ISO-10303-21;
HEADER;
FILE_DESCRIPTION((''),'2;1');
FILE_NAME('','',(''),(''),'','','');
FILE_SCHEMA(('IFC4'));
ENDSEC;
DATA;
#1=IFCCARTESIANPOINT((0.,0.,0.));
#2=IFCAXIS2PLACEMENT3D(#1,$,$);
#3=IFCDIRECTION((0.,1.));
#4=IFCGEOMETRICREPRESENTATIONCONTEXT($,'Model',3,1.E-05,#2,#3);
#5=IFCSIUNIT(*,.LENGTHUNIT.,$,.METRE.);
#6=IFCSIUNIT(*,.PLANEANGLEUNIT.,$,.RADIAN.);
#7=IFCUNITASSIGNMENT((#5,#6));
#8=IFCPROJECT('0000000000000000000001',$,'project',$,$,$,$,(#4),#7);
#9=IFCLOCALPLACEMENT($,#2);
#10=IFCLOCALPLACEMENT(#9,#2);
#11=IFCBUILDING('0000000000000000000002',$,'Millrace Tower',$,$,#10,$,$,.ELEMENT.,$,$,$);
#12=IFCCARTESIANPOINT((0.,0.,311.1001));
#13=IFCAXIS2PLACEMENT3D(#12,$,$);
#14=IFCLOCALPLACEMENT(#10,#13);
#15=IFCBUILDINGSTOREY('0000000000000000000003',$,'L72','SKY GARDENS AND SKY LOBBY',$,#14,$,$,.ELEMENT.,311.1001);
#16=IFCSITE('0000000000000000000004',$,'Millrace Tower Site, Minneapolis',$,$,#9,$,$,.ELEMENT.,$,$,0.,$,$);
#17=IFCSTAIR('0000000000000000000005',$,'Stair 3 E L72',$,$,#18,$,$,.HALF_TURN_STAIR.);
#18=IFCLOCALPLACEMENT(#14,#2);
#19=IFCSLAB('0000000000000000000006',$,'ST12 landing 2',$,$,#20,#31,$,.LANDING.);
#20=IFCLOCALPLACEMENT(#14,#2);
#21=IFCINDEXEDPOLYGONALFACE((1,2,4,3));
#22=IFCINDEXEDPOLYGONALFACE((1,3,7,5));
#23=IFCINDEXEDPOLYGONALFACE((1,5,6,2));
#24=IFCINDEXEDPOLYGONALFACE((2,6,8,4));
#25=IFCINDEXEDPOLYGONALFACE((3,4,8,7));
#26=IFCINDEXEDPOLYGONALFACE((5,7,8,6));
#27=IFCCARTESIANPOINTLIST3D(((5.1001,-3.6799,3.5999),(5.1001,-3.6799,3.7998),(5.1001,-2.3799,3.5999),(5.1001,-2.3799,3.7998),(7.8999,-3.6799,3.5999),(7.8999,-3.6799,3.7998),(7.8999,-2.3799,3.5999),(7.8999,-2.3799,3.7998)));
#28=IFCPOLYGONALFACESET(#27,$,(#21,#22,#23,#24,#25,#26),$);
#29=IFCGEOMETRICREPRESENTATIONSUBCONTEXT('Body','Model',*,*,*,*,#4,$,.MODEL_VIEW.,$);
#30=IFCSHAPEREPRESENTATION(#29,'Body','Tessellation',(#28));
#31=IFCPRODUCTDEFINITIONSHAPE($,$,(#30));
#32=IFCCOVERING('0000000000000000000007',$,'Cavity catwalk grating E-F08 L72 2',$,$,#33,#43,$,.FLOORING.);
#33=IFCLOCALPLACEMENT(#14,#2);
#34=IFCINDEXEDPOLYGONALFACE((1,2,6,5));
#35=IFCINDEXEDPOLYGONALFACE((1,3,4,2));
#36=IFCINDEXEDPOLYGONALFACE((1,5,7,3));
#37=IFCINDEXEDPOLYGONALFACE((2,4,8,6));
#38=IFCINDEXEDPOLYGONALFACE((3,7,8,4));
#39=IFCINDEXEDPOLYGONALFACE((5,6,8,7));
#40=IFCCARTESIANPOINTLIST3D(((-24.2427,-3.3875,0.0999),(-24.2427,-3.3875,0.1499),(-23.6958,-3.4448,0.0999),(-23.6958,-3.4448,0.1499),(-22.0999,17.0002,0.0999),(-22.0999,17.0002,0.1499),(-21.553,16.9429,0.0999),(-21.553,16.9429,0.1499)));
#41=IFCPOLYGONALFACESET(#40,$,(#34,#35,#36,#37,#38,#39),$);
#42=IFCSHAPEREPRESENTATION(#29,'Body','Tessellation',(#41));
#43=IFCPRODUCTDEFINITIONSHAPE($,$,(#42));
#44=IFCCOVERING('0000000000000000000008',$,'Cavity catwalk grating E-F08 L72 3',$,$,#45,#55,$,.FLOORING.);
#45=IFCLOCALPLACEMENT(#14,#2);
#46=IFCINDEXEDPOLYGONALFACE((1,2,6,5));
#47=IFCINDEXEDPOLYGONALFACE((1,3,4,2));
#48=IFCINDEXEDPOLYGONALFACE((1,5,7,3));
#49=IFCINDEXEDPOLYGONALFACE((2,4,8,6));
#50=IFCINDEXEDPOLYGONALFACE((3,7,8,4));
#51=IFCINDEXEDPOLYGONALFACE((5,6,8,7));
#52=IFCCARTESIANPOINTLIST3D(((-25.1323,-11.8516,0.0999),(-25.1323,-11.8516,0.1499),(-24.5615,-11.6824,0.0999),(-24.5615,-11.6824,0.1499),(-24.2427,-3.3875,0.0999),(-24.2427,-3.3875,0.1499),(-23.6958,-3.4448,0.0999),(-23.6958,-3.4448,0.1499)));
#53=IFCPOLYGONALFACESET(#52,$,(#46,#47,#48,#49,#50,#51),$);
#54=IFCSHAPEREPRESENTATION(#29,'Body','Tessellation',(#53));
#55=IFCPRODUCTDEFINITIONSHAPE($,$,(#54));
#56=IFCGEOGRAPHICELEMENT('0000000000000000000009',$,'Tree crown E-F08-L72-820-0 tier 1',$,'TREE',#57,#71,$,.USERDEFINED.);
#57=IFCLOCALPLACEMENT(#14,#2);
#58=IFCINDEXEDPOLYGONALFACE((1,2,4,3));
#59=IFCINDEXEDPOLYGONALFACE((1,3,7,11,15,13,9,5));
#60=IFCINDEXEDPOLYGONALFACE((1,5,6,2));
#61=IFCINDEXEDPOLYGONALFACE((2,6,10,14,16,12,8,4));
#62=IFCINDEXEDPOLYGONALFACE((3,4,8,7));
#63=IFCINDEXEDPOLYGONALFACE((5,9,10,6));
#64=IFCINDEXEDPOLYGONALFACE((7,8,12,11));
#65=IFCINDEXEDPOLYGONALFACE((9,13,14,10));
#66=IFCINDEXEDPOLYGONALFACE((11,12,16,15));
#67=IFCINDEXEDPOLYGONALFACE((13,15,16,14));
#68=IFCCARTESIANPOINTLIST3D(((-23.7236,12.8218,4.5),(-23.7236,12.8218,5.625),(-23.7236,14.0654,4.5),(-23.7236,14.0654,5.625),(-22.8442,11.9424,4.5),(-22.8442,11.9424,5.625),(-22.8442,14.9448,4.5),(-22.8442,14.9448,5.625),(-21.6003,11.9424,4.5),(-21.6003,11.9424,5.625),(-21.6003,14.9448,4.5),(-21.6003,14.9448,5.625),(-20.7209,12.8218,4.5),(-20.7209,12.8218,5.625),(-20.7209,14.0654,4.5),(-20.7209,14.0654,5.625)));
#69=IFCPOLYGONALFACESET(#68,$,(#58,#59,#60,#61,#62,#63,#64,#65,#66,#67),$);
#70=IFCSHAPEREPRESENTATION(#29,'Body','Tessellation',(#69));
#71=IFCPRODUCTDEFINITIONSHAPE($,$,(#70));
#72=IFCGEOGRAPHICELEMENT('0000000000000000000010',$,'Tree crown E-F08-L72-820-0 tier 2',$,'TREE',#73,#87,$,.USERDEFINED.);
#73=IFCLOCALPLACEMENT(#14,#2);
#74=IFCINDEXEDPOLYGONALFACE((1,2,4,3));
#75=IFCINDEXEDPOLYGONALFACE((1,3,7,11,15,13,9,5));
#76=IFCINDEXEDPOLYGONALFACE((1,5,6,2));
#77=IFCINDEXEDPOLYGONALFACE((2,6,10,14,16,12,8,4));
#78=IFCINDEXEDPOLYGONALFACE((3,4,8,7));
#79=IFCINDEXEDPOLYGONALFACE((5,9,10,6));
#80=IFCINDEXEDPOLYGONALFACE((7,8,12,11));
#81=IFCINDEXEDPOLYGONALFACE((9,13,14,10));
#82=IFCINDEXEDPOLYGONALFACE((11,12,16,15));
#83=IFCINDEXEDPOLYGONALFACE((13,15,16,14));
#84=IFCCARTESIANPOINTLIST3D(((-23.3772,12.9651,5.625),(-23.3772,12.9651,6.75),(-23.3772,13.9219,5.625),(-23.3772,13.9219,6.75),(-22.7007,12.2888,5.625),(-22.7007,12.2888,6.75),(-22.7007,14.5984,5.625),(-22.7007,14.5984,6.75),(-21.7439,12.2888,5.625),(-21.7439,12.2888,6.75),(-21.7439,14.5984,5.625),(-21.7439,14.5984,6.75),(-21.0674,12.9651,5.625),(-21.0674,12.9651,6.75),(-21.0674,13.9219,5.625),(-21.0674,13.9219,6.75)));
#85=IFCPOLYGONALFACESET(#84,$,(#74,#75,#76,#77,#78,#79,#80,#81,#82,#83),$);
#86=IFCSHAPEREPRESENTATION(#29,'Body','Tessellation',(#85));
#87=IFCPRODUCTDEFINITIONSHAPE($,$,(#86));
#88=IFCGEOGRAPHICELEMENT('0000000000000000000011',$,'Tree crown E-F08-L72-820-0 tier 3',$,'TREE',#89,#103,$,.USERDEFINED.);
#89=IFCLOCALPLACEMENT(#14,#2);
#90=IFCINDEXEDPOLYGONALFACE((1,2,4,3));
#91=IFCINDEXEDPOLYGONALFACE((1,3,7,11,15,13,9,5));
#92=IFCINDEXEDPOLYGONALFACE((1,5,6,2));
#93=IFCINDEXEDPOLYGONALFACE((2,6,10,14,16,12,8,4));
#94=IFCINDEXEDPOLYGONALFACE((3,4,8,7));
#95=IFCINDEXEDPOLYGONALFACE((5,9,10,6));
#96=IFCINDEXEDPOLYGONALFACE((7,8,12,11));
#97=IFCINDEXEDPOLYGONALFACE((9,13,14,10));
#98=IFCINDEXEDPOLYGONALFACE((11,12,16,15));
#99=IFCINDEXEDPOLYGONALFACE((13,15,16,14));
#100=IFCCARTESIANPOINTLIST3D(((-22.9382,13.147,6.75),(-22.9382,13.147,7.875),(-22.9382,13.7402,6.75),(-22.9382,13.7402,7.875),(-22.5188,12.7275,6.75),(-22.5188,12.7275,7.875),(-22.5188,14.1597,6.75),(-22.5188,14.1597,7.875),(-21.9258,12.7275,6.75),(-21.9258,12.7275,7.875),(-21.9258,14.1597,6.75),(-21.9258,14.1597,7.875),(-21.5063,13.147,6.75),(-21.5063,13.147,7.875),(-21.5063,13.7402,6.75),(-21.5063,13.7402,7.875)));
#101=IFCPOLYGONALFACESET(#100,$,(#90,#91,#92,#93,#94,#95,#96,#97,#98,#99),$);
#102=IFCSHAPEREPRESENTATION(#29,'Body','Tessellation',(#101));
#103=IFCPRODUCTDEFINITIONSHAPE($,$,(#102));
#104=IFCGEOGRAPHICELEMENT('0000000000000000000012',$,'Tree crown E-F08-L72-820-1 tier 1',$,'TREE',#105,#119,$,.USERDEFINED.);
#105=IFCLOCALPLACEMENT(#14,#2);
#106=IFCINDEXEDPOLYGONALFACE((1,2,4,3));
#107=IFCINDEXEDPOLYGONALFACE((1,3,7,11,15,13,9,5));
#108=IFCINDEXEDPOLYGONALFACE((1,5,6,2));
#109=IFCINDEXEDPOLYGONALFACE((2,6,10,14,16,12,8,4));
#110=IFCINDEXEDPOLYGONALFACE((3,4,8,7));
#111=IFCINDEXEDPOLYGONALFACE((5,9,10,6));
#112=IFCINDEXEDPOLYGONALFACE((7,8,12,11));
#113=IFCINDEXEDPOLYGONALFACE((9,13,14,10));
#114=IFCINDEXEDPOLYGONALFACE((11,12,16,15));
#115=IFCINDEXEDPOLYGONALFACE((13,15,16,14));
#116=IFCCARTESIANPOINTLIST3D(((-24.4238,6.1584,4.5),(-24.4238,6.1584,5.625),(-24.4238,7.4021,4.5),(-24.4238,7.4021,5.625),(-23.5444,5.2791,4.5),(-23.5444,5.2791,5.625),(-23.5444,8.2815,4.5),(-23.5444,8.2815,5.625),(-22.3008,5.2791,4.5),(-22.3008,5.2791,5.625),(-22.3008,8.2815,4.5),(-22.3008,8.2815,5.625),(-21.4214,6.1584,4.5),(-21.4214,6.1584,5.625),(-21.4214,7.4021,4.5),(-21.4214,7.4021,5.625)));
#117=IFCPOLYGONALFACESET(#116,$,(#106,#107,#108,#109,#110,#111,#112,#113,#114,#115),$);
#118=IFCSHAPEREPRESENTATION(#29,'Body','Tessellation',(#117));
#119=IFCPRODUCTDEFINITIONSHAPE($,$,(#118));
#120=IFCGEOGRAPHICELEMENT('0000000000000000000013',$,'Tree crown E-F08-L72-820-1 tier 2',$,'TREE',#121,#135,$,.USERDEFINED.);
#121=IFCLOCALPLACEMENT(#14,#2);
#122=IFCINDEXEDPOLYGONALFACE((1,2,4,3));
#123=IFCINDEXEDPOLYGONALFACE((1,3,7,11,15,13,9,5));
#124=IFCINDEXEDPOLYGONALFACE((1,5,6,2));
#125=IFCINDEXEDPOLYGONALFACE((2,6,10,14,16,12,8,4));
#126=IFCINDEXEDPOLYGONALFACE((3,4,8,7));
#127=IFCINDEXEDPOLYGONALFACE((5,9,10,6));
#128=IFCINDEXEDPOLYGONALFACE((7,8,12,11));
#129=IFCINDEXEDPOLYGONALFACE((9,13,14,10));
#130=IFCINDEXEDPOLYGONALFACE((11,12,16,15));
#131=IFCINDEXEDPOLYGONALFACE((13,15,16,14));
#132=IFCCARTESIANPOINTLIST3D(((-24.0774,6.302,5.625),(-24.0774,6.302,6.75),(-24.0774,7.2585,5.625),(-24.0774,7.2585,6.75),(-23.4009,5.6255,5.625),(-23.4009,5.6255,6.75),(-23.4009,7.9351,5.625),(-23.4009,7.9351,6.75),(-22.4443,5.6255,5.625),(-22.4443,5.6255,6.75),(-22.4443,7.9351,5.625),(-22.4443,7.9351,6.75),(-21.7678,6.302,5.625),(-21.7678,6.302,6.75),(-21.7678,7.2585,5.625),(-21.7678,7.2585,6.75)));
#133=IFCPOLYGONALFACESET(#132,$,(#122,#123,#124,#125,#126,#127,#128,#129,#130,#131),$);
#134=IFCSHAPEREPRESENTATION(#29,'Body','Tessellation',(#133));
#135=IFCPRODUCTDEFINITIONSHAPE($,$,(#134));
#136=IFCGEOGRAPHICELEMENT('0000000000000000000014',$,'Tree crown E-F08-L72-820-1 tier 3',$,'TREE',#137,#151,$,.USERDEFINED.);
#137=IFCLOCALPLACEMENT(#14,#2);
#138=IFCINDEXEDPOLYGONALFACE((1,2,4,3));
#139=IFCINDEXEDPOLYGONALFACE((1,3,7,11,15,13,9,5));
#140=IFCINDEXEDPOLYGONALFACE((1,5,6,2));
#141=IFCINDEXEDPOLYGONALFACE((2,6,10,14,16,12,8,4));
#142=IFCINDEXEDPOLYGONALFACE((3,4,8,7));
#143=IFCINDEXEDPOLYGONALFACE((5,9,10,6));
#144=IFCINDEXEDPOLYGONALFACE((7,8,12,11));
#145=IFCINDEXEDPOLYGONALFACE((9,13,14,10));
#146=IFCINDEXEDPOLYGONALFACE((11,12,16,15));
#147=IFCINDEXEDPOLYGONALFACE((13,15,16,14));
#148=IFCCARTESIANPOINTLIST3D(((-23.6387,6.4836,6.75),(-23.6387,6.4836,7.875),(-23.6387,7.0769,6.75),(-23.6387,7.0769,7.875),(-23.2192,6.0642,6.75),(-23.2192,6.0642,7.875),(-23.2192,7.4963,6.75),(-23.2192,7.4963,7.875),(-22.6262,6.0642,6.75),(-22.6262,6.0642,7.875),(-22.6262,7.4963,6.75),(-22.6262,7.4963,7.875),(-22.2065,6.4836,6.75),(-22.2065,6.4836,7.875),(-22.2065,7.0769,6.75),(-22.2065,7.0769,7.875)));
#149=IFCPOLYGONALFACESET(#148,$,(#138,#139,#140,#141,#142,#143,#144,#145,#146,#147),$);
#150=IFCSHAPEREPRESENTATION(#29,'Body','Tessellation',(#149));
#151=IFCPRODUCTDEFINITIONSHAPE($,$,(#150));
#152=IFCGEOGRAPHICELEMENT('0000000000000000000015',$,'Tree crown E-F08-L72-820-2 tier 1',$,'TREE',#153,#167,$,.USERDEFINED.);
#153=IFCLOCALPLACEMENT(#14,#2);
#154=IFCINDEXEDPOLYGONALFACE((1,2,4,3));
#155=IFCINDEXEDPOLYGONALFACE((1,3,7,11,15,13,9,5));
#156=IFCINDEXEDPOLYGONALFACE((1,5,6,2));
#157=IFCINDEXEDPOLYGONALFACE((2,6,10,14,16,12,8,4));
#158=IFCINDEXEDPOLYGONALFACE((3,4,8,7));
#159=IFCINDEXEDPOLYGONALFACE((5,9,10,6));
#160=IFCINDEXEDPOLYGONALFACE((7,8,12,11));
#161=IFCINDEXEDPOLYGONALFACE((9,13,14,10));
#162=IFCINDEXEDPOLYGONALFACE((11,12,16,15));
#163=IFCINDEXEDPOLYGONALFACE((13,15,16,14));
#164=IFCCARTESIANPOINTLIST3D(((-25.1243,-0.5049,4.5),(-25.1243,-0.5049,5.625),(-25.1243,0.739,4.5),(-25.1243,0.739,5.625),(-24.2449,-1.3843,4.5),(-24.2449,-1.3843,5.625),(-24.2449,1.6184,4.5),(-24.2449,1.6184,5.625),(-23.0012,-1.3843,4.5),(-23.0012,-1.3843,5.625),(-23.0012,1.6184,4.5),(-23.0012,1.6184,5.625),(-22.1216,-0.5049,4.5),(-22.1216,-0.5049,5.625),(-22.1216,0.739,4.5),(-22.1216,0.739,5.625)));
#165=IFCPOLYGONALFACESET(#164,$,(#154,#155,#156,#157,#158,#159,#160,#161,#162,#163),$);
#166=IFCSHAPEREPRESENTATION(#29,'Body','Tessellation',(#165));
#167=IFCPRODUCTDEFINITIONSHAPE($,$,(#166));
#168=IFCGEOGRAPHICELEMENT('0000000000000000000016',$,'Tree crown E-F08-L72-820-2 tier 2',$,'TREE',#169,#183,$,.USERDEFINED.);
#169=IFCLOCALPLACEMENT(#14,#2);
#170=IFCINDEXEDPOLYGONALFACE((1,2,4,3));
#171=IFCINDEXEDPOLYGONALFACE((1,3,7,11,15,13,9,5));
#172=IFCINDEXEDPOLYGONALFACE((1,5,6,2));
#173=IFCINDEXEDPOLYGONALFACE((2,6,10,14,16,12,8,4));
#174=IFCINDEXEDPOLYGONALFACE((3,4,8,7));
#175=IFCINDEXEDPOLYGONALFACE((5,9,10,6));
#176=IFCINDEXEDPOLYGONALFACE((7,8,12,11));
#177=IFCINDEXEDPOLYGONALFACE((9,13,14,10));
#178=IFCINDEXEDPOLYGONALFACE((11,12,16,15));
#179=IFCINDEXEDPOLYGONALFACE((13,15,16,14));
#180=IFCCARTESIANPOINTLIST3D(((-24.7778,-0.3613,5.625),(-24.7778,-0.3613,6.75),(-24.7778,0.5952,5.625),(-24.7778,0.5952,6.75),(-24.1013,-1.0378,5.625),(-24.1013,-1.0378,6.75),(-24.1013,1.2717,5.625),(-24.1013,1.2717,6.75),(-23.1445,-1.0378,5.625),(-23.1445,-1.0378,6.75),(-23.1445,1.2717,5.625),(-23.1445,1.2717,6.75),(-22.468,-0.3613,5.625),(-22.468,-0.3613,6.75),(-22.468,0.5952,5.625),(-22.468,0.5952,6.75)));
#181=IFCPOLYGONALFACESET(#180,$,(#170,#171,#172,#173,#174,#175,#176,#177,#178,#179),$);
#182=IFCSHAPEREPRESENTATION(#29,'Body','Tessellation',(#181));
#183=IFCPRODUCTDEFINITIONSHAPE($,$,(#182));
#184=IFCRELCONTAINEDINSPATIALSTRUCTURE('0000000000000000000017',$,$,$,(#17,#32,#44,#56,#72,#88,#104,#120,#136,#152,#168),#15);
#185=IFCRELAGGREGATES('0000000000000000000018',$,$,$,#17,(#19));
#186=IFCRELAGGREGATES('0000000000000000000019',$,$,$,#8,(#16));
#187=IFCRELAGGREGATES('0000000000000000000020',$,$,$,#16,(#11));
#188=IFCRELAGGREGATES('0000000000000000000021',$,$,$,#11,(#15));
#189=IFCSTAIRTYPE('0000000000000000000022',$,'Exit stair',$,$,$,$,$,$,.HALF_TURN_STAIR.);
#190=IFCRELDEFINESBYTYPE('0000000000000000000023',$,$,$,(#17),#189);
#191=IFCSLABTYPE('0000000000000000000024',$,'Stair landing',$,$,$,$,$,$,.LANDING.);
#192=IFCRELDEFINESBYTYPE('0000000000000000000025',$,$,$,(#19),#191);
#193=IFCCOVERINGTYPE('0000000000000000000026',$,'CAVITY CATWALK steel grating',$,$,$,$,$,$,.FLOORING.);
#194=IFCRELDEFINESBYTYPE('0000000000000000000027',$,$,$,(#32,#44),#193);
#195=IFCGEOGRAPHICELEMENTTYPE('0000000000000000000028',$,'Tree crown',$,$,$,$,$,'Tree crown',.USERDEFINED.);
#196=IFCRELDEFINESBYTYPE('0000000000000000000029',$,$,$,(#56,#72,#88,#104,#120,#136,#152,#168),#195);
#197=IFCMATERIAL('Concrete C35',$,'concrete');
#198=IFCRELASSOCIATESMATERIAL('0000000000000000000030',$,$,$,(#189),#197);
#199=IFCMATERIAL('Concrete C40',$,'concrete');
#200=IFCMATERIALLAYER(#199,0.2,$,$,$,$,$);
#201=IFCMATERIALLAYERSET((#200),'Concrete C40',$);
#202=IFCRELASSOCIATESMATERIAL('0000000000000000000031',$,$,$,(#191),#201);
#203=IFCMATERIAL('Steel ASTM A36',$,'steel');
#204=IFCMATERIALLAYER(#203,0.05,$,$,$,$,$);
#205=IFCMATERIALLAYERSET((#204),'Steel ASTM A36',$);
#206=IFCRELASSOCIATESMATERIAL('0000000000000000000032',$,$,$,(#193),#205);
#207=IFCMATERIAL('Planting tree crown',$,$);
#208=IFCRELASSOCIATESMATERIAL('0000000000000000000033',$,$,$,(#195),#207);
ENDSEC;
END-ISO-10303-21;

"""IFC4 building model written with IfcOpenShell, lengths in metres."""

from ifc_helpers import new_model, si_unit, direction, frame, origin, place, context, subcontext, project, spatial, polyline, outline, extrude, material, layer, layer_set, type_object, element, aggregate, save


model = new_model("IFC4")

# Units and contexts
model_context = context("Model", 3, precision=1e-05, world=origin(), true_north=direction((0.0, 1.0)))
body_context = subcontext(model_context, "Body", "Model", "MODEL_VIEW")
ifc_project = project(units=[si_unit("LENGTHUNIT", "METRE"), si_unit("PLANEANGLEUNIT", "RADIAN")], contexts=[model_context])

# Site, building, storey
site_placement = place(None, origin())
site = spatial("IfcSite", under=ifc_project, at=site_placement, Name="Millrace Tower Site, Minneapolis", CompositionType="ELEMENT", RefElevation=0.0)
building_placement = place(site_placement, origin())
building = spatial("IfcBuilding", under=site, at=building_placement, Name="Millrace Tower", CompositionType="ELEMENT")
storey_placement = place(building_placement, frame((0.0, 0.0, 311.1001)))
storey = spatial("IfcBuildingStorey", under=building, at=storey_placement, Name="L72", Description="SKY GARDENS AND SKY LOBBY", CompositionType="ELEMENT", Elevation=311.1001)

# Stair, slab
ifc_material_1 = material(Name="Concrete C35", Category="concrete")
stair_type = type_object("IfcStairType", Name="Exit stair", PredefinedType="HALF_TURN_STAIR", material=ifc_material_1)
placement_1 = place(storey_placement, origin())
ifc_material_2 = material(Name="Concrete C40", Category="concrete")
ifc_layer_1 = layer(ifc_material_2, 0.2)
ifc_layer_set_1 = layer_set([ifc_layer_1], Name="Concrete C40")
slab_type = type_object("IfcSlabType", Name="Stair landing", PredefinedType="LANDING", material=ifc_layer_set_1)
placement_2 = place(storey_placement, frame((0.0, 0.0, 3.5999)))
stair_1 = element("IfcStair", 1, at=placement_1, inside=storey, type_object=stair_type, Name="Stair 3 E L72", PredefinedType="HALF_TURN_STAIR")
slab_1 = element("IfcSlab", 2, at=placement_2, type_object=slab_type, Name="ST12 landing 2", PredefinedType="LANDING", context=body_context, shape_type="SweptSolid", body=[
    extrude(outline(polyline([(5.1001, -3.6799), (7.8999, -3.6799), (7.8999, -2.3799), (5.1001, -2.3799), (5.1001, -3.6799)])), origin(), (0.0, 0.0, 1.0), 0.2),
])
aggregate(stair_1, [slab_1])

# Coverings
ifc_material_3 = material(Name="Steel ASTM A36", Category="steel")
ifc_layer_2 = layer(ifc_material_3, 0.05)
ifc_layer_set_2 = layer_set([ifc_layer_2], Name="Steel ASTM A36")
covering_type = type_object("IfcCoveringType", Name="CAVITY CATWALK steel grating", PredefinedType="FLOORING", material=ifc_layer_set_2)
placement_3 = place(storey_placement, frame((0.0, 0.0, 0.0999)))
element("IfcCovering", 3, at=placement_3, inside=storey, type_object=covering_type, Name="Cavity catwalk grating E-F08 L72 2", PredefinedType="FLOORING", context=body_context, shape_type="SweptSolid", body=[
    extrude(outline(polyline([(-22.0999, 17.0002), (-24.2427, -3.3875), (-23.6958, -3.4448), (-21.553, 16.9429), (-22.0999, 17.0002)])), origin(), (0.0, 0.0, 1.0), 0.05),
])
element("IfcCovering", 4, at=placement_3, inside=storey, type_object=covering_type, Name="Cavity catwalk grating E-F08 L72 3", PredefinedType="FLOORING", context=body_context, shape_type="SweptSolid", body=[
    extrude(outline(polyline([(-24.2427, -3.3875), (-25.1323, -11.8516), (-24.5615, -11.6824), (-23.6958, -3.4448), (-24.2427, -3.3875)])), origin(), (0.0, 0.0, 1.0), 0.05),
])

# Geographic elements
ifc_material_4 = material(Name="Planting tree crown")
geographic_element_type = type_object("IfcGeographicElementType", Name="Tree crown", ElementType="Tree crown", PredefinedType="USERDEFINED", material=ifc_material_4)
placement_4 = place(storey_placement, frame((0.0, 0.0, 4.5)))
element("IfcGeographicElement", 5, at=placement_4, inside=storey, type_object=geographic_element_type, Name="Tree crown E-F08-L72-820-0 tier 1", ObjectType="TREE", PredefinedType="USERDEFINED", context=body_context, shape_type="SweptSolid", body=[
    extrude(outline(polyline([(-20.7209, 14.0654), (-21.6003, 14.9448), (-22.8442, 14.9448), (-23.7236, 14.0654), (-23.7236, 12.8218), (-22.8442, 11.9424), (-21.6003, 11.9424), (-20.7209, 12.8218), (-20.7209, 14.0654)])), origin(), (0.0, 0.0, 1.0), 1.125),
])
placement_5 = place(storey_placement, frame((0.0, 0.0, 5.625)))
element("IfcGeographicElement", 6, at=placement_5, inside=storey, type_object=geographic_element_type, Name="Tree crown E-F08-L72-820-0 tier 2", ObjectType="TREE", PredefinedType="USERDEFINED", context=body_context, shape_type="SweptSolid", body=[
    extrude(outline(polyline([(-21.0674, 13.9219), (-21.7439, 14.5984), (-22.7007, 14.5984), (-23.3772, 13.9219), (-23.3772, 12.9651), (-22.7007, 12.2888), (-21.7439, 12.2888), (-21.0674, 12.9651), (-21.0674, 13.9219)])), origin(), (0.0, 0.0, 1.0), 1.125),
])
placement_6 = place(storey_placement, frame((0.0, 0.0, 6.75)))
element("IfcGeographicElement", 7, at=placement_6, inside=storey, type_object=geographic_element_type, Name="Tree crown E-F08-L72-820-0 tier 3", ObjectType="TREE", PredefinedType="USERDEFINED", context=body_context, shape_type="SweptSolid", body=[
    extrude(outline(polyline([(-21.5063, 13.7402), (-21.9258, 14.1597), (-22.5188, 14.1597), (-22.9382, 13.7402), (-22.9382, 13.147), (-22.5188, 12.7275), (-21.9258, 12.7275), (-21.5063, 13.147), (-21.5063, 13.7402)])), origin(), (0.0, 0.0, 1.0), 1.125),
])
element("IfcGeographicElement", 8, at=placement_4, inside=storey, type_object=geographic_element_type, Name="Tree crown E-F08-L72-820-1 tier 1", ObjectType="TREE", PredefinedType="USERDEFINED", context=body_context, shape_type="SweptSolid", body=[
    extrude(outline(polyline([(-21.4214, 7.4021), (-22.3008, 8.2815), (-23.5444, 8.2815), (-24.4238, 7.4021), (-24.4238, 6.1584), (-23.5444, 5.2791), (-22.3008, 5.2791), (-21.4214, 6.1584), (-21.4214, 7.4021)])), origin(), (0.0, 0.0, 1.0), 1.125),
])
element("IfcGeographicElement", 9, at=placement_5, inside=storey, type_object=geographic_element_type, Name="Tree crown E-F08-L72-820-1 tier 2", ObjectType="TREE", PredefinedType="USERDEFINED", context=body_context, shape_type="SweptSolid", body=[
    extrude(outline(polyline([(-21.7678, 7.2585), (-22.4443, 7.9351), (-23.4009, 7.9351), (-24.0774, 7.2585), (-24.0774, 6.302), (-23.4009, 5.6255), (-22.4443, 5.6255), (-21.7678, 6.302), (-21.7678, 7.2585)])), origin(), (0.0, 0.0, 1.0), 1.125),
])
element("IfcGeographicElement", 10, at=placement_6, inside=storey, type_object=geographic_element_type, Name="Tree crown E-F08-L72-820-1 tier 3", ObjectType="TREE", PredefinedType="USERDEFINED", context=body_context, shape_type="SweptSolid", body=[
    extrude(outline(polyline([(-22.2065, 7.0769), (-22.6262, 7.4963), (-23.2192, 7.4963), (-23.6387, 7.0769), (-23.6387, 6.4836), (-23.2192, 6.0642), (-22.6262, 6.0642), (-22.2065, 6.4836), (-22.2065, 7.0769)])), origin(), (0.0, 0.0, 1.0), 1.125),
])
element("IfcGeographicElement", 11, at=placement_4, inside=storey, type_object=geographic_element_type, Name="Tree crown E-F08-L72-820-2 tier 1", ObjectType="TREE", PredefinedType="USERDEFINED", context=body_context, shape_type="SweptSolid", body=[
    extrude(outline(polyline([(-22.1216, 0.739), (-23.0012, 1.6184), (-24.2449, 1.6184), (-25.1243, 0.739), (-25.1243, -0.5049), (-24.2449, -1.3843), (-23.0012, -1.3843), (-22.1216, -0.5049), (-22.1216, 0.739)])), origin(), (0.0, 0.0, 1.0), 1.125),
])
element("IfcGeographicElement", 12, at=placement_5, inside=storey, type_object=geographic_element_type, Name="Tree crown E-F08-L72-820-2 tier 2", ObjectType="TREE", PredefinedType="USERDEFINED", context=body_context, shape_type="SweptSolid", body=[
    extrude(outline(polyline([(-22.468, 0.5952), (-23.1445, 1.2717), (-24.1013, 1.2717), (-24.7778, 0.5952), (-24.7778, -0.3613), (-24.1013, -1.0378), (-23.1445, -1.0378), (-22.468, -0.3613), (-22.468, 0.5952)])), origin(), (0.0, 0.0, 1.0), 1.125),
])

save(model, "model.ifc")
